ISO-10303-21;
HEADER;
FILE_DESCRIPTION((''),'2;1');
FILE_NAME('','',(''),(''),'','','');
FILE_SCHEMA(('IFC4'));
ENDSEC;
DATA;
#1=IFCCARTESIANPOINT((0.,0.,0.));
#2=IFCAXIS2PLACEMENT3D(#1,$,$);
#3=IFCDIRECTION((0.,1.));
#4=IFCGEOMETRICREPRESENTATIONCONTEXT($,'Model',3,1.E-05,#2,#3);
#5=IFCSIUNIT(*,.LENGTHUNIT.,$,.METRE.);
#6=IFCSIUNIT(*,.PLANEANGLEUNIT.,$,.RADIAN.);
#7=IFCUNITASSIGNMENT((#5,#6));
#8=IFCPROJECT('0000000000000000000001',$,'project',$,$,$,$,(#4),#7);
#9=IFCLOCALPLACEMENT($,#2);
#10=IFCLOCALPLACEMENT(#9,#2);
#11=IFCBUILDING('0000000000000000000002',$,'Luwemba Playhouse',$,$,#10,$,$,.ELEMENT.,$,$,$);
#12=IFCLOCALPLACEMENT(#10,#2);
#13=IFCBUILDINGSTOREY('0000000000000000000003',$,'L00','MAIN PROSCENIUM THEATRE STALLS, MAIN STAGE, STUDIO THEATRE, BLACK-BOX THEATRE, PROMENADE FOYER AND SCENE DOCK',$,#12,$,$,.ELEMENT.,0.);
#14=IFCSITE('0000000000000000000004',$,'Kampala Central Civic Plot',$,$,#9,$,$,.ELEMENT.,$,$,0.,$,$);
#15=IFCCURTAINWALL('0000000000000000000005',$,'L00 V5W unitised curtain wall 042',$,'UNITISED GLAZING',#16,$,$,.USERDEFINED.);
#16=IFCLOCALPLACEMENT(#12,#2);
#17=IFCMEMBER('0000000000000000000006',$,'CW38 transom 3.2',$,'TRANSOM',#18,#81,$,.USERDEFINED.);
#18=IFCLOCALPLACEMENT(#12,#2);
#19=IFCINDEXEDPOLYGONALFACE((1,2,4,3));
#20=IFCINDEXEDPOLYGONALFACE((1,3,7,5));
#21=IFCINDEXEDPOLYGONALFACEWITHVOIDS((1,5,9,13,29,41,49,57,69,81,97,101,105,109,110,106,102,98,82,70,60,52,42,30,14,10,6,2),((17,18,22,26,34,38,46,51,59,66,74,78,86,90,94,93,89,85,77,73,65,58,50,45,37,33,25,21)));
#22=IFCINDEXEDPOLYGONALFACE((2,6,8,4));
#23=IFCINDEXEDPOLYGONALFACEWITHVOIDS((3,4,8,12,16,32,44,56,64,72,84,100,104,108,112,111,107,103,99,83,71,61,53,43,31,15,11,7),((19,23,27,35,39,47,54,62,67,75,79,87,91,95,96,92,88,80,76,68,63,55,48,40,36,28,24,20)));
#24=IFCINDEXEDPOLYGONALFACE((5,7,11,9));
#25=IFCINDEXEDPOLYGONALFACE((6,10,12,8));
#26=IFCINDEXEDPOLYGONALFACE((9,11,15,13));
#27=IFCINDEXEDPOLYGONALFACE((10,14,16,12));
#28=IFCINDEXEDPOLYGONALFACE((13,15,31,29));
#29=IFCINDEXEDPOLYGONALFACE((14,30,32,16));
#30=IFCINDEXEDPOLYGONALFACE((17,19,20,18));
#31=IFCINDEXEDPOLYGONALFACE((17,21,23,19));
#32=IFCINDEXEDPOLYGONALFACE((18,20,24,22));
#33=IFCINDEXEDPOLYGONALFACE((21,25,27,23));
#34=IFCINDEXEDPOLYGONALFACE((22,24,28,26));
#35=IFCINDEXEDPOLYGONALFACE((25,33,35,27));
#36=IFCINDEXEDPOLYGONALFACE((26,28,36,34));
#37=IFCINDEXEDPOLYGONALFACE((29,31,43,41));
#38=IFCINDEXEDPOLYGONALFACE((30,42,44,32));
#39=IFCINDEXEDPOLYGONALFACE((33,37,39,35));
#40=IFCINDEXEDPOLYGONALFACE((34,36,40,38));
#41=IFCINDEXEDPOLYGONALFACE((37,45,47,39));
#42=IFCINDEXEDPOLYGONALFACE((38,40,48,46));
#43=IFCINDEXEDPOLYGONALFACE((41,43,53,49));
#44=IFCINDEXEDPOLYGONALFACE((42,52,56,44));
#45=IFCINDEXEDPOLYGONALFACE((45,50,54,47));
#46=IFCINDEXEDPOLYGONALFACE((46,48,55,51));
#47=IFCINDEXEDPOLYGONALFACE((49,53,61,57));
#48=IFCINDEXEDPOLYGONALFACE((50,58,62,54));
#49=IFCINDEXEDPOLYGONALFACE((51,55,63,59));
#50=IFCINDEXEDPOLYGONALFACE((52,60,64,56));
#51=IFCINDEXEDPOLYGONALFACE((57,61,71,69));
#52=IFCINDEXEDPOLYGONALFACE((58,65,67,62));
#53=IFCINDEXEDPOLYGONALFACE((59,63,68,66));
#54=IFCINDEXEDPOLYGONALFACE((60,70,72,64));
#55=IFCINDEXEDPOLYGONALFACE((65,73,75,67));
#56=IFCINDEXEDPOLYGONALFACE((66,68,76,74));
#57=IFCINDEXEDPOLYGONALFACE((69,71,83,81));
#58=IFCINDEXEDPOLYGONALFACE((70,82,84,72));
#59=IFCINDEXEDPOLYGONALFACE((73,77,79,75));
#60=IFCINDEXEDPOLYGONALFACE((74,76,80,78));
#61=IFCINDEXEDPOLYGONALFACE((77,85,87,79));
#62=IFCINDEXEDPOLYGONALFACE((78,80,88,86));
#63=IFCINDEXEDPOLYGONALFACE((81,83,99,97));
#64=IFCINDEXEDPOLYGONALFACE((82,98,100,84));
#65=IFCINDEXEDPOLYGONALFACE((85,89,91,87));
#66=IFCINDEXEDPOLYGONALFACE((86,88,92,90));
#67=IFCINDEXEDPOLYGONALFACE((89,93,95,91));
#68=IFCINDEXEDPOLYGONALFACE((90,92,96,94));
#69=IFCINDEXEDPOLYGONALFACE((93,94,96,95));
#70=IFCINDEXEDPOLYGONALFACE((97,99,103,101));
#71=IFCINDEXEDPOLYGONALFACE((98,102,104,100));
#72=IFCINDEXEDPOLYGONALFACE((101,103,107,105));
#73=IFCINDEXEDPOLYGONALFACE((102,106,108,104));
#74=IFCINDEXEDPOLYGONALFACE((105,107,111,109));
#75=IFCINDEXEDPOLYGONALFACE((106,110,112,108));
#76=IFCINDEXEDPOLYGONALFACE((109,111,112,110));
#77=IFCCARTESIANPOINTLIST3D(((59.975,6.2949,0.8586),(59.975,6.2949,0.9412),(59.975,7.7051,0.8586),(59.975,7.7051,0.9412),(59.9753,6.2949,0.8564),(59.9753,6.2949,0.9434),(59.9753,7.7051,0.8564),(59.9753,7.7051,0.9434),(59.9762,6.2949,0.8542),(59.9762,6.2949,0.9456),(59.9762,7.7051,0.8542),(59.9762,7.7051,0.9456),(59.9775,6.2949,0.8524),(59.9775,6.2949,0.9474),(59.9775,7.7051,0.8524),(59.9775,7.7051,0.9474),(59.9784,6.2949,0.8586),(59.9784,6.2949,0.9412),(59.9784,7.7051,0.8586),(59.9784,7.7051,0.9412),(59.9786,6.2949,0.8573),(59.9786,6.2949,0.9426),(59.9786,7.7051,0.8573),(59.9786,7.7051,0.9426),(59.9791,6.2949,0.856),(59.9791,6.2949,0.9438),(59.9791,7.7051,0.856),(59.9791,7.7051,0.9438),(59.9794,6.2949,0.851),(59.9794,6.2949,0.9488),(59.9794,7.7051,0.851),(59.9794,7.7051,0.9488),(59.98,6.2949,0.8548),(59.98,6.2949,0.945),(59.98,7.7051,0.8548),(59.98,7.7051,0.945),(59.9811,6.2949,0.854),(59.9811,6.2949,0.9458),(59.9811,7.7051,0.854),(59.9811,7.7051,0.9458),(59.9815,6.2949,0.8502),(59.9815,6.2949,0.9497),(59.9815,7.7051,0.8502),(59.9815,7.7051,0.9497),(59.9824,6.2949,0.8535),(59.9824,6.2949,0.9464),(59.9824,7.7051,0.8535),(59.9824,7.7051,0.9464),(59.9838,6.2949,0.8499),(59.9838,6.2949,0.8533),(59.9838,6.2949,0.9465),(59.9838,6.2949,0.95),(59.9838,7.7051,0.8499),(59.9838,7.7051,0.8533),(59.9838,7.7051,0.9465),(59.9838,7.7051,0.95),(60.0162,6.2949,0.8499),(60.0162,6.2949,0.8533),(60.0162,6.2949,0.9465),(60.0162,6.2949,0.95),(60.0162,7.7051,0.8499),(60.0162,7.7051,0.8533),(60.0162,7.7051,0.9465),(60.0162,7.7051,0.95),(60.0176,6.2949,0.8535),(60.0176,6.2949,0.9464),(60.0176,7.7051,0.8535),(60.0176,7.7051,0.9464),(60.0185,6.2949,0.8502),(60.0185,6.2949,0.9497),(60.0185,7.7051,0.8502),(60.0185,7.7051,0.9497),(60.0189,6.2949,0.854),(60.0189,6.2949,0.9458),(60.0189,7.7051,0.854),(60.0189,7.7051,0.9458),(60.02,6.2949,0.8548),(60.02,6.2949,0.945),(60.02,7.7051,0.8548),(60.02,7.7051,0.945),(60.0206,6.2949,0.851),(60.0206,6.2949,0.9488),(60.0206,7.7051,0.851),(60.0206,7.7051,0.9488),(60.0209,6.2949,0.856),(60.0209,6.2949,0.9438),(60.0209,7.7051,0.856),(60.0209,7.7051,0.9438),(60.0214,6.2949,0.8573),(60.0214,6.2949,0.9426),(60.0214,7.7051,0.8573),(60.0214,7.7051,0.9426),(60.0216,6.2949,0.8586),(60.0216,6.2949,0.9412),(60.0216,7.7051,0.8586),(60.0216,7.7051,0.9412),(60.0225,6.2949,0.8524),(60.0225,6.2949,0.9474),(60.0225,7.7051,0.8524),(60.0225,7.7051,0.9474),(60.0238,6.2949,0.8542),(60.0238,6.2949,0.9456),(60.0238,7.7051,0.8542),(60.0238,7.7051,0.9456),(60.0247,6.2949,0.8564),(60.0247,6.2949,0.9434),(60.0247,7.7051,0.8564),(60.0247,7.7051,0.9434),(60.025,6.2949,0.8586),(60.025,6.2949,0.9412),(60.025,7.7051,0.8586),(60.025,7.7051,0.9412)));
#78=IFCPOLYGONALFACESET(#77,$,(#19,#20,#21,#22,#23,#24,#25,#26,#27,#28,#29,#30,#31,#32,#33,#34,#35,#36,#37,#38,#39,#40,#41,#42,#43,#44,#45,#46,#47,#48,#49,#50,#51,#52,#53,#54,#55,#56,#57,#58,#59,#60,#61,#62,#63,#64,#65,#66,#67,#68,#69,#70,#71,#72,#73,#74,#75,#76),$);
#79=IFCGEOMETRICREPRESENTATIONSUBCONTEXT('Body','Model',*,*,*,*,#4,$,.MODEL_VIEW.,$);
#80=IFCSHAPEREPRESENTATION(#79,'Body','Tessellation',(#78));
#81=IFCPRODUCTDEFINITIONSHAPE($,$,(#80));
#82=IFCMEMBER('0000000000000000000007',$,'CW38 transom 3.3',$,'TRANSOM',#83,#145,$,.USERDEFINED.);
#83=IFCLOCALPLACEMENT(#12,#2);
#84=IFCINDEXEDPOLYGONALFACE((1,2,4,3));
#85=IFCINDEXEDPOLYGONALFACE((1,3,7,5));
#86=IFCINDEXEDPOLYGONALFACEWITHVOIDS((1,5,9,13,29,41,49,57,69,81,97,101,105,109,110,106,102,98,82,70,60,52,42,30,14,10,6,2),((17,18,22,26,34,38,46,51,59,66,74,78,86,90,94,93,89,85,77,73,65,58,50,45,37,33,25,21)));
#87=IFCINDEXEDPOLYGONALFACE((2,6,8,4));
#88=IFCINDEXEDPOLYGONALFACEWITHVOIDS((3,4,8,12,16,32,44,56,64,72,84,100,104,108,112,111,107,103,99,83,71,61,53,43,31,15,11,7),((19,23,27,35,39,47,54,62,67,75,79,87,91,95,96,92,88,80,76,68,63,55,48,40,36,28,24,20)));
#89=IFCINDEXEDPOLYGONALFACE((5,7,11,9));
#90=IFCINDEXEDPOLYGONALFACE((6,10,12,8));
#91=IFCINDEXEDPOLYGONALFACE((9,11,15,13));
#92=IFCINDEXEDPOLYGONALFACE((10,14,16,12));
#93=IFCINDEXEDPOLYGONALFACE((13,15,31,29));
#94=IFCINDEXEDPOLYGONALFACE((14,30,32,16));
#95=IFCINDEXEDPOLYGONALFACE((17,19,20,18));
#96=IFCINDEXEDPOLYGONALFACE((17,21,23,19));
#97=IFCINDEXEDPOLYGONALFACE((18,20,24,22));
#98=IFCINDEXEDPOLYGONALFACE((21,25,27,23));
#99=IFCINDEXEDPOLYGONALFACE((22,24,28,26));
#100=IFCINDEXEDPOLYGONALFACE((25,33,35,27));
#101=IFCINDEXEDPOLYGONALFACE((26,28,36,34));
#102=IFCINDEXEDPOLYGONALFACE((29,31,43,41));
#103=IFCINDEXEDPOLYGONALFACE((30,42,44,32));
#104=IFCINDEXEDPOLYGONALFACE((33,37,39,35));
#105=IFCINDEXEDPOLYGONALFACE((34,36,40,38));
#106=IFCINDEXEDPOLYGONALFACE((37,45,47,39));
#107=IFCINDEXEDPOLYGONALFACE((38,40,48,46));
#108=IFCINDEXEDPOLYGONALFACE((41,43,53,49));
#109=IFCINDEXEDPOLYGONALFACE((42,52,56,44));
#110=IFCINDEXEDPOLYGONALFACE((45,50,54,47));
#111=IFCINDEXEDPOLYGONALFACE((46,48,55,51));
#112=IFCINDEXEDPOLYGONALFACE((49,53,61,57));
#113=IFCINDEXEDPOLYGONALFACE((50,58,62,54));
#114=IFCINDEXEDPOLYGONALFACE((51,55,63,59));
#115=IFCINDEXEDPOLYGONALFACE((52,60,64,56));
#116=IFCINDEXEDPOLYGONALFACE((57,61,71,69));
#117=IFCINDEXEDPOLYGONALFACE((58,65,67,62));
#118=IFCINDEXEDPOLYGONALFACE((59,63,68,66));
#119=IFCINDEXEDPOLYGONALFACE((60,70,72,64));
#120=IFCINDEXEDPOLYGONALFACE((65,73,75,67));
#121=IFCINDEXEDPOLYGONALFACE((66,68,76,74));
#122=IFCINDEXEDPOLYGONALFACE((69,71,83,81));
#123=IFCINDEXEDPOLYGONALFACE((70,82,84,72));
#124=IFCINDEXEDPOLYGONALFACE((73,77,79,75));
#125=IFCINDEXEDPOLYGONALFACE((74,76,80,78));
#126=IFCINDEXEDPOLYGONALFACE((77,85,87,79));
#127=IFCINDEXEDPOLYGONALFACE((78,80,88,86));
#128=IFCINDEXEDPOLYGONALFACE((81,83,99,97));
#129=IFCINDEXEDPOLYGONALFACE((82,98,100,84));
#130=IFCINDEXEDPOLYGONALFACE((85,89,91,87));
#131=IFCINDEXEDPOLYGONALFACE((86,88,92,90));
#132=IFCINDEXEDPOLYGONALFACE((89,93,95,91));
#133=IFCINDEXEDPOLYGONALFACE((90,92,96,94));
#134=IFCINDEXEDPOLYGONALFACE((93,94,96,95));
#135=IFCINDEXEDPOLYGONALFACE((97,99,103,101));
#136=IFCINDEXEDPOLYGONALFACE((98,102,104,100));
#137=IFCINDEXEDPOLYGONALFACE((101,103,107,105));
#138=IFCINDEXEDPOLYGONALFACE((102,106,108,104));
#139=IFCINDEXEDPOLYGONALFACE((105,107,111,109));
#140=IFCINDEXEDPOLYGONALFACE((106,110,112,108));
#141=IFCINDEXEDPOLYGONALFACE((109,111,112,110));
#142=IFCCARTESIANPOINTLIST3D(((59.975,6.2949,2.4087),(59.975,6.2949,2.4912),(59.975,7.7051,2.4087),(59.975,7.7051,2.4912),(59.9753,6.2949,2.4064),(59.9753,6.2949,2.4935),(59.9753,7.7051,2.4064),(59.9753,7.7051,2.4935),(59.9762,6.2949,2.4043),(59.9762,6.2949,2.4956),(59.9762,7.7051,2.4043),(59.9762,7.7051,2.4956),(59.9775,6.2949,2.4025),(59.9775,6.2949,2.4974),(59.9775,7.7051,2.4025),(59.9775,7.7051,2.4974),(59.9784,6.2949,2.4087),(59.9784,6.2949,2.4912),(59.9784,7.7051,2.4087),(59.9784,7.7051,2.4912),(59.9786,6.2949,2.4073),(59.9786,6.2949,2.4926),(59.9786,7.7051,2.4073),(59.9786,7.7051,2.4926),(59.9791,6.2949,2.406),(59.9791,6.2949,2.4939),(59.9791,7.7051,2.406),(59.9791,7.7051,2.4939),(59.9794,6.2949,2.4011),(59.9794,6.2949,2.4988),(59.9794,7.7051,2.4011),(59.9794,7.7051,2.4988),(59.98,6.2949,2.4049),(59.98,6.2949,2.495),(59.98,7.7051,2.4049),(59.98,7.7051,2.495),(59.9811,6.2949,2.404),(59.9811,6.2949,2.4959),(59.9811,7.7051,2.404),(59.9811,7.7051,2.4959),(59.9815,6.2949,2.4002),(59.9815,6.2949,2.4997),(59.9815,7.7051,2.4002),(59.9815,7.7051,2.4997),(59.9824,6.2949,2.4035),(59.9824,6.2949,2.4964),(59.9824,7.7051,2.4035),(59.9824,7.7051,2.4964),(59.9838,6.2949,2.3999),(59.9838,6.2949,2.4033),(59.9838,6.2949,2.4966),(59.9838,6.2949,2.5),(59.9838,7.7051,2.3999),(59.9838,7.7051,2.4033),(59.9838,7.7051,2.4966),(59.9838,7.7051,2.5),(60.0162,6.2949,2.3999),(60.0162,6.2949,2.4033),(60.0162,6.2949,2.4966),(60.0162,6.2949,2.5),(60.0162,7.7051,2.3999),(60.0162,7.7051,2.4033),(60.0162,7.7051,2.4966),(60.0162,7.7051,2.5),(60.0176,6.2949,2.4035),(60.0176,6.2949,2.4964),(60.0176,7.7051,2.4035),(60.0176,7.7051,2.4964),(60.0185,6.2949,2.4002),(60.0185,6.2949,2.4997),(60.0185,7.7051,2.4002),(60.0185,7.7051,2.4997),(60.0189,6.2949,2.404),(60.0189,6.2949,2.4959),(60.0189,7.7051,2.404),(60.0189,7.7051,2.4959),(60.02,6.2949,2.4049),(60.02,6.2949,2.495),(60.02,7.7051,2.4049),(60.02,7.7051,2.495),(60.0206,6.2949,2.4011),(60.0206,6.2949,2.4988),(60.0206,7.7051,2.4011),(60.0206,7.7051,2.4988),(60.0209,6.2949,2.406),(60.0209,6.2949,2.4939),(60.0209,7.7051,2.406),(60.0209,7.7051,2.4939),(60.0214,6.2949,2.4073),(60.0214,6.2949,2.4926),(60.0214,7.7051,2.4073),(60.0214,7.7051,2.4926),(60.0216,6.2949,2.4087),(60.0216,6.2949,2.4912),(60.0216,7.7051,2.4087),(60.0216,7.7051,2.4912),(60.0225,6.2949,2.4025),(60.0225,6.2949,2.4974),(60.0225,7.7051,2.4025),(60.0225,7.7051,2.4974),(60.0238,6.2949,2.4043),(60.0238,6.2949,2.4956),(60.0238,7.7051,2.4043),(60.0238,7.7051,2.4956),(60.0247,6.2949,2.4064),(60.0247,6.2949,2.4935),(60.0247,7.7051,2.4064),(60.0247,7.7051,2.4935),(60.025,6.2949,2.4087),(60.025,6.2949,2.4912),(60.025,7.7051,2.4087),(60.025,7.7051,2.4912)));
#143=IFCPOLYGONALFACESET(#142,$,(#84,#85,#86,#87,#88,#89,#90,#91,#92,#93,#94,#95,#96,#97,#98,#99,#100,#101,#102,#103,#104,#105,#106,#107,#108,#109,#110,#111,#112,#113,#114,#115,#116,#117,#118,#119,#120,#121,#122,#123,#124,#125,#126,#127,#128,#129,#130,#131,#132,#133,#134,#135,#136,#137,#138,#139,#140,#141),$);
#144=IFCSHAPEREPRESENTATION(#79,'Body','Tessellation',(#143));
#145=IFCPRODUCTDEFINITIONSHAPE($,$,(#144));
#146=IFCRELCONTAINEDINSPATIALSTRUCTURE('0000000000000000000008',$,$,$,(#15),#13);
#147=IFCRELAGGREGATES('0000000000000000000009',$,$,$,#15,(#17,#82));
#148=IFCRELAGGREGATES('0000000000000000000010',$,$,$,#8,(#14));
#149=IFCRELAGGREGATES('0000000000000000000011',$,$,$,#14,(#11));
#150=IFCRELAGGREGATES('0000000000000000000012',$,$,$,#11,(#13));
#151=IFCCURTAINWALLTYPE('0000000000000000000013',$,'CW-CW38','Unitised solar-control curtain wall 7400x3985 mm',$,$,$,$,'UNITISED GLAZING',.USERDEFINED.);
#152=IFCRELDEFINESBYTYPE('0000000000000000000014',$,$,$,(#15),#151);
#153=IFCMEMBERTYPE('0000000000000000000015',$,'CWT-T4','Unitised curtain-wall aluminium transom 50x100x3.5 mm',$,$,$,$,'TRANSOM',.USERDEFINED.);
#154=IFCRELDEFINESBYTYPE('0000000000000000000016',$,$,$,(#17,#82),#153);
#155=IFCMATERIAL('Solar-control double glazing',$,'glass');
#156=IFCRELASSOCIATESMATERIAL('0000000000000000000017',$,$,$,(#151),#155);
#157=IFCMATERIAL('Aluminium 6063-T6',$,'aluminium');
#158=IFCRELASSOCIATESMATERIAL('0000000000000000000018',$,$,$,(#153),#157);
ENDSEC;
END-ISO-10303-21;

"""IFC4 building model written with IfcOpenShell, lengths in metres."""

from ifc_helpers import new_model, si_unit, direction, frame, origin, origin_2d, place, context, subcontext, project, spatial, hollow_rectangle, extrude, material, material_profile, profile_set, type_object, element, aggregate, save


model = new_model("IFC4")

# Units and contexts
model_context = context("Model", 3, precision=1e-05, world=origin(), true_north=direction((0.0, 1.0)))
body_context = subcontext(model_context, "Body", "Model", "MODEL_VIEW")
ifc_project = project(units=[si_unit("LENGTHUNIT", "METRE"), si_unit("PLANEANGLEUNIT", "RADIAN")], contexts=[model_context])

# Site, building, storey
site_placement = place(None, origin())
site = spatial("IfcSite", under=ifc_project, at=site_placement, Name="Kampala Central Civic Plot", CompositionType="ELEMENT", RefElevation=0.0)
building_placement = place(site_placement, origin())
building = spatial("IfcBuilding", under=site, at=building_placement, Name="Luwemba Playhouse", CompositionType="ELEMENT")
storey_placement = place(building_placement, origin())
storey = spatial("IfcBuildingStorey", under=building, at=storey_placement, Name="L00", Description="MAIN PROSCENIUM THEATRE STALLS, MAIN STAGE, STUDIO THEATRE, BLACK-BOX THEATRE, PROMENADE FOYER AND SCENE DOCK", CompositionType="ELEMENT", Elevation=0.0)

# Shared definitions
ifc_material_1 = material(Name="Solar-control double glazing", Category="glass")
ifc_material_2 = material(Name="Aluminium 6063-T6", Category="aluminium")

# Curtain wall
curtain_wall_type_1 = type_object("IfcCurtainWallType", Name="CW-CW38", Description="Unitised solar-control curtain wall 7400x3985 mm", ElementType="UNITISED GLAZING", PredefinedType="USERDEFINED", material=ifc_material_1)
curtain_wall_1_placement = place(storey_placement, origin())
curtain_wall_1 = element("IfcCurtainWall", 1, at=curtain_wall_1_placement, inside=storey, type_object=curtain_wall_type_1, Name="L00 V5W unitised curtain wall 042", ObjectType="UNITISED GLAZING", PredefinedType="USERDEFINED")

# Members
ifc_material_profile_1 = material_profile(ifc_material_2, hollow_rectangle(XDim=0.05, YDim=0.1001, WallThickness=0.0034, InnerFilletRadius=0.0054, OuterFilletRadius=0.0088, at=origin_2d()))
ifc_profile_set_1 = profile_set([ifc_material_profile_1], Name="Aluminium 6063-T6")
member_type_1 = type_object("IfcMemberType", Name="CWT-T4", Description="Unitised curtain-wall aluminium transom 50x100x3.5 mm", ElementType="TRANSOM", PredefinedType="USERDEFINED", material=ifc_profile_set_1)
member_1_placement = place(storey_placement, frame((60.0, 7.7051, 0.8999), z_axis=(0.0, -1.0, 0.0), x_axis=(1.0, 0.0, 0.0)))
member_1 = element("IfcMember", 2, at=member_1_placement, type_object=member_type_1, Name="CW38 transom 3.2", ObjectType="TRANSOM", PredefinedType="USERDEFINED", context=body_context, shape_type="SweptSolid", body=[
    extrude(hollow_rectangle(XDim=0.05, YDim=0.1001, WallThickness=0.0034, InnerFilletRadius=0.0054, OuterFilletRadius=0.0088, at=origin_2d()), origin(), (0.0, 0.0, 1.0), 1.4102),
])
member_2_placement = place(storey_placement, frame((60.0, 7.7051, 2.45), z_axis=(0.0, -1.0, 0.0), x_axis=(1.0, 0.0, 0.0)))
member_2 = element("IfcMember", 3, at=member_2_placement, type_object=member_type_1, Name="CW38 transom 3.3", ObjectType="TRANSOM", PredefinedType="USERDEFINED", context=body_context, shape_type="SweptSolid", body=[
    extrude(hollow_rectangle(XDim=0.05, YDim=0.1001, WallThickness=0.0034, InnerFilletRadius=0.0054, OuterFilletRadius=0.0088, at=origin_2d()), origin(), (0.0, 0.0, 1.0), 1.4102),
])

aggregate(curtain_wall_1, [member_1, member_2])

save(model, "model.ifc")
